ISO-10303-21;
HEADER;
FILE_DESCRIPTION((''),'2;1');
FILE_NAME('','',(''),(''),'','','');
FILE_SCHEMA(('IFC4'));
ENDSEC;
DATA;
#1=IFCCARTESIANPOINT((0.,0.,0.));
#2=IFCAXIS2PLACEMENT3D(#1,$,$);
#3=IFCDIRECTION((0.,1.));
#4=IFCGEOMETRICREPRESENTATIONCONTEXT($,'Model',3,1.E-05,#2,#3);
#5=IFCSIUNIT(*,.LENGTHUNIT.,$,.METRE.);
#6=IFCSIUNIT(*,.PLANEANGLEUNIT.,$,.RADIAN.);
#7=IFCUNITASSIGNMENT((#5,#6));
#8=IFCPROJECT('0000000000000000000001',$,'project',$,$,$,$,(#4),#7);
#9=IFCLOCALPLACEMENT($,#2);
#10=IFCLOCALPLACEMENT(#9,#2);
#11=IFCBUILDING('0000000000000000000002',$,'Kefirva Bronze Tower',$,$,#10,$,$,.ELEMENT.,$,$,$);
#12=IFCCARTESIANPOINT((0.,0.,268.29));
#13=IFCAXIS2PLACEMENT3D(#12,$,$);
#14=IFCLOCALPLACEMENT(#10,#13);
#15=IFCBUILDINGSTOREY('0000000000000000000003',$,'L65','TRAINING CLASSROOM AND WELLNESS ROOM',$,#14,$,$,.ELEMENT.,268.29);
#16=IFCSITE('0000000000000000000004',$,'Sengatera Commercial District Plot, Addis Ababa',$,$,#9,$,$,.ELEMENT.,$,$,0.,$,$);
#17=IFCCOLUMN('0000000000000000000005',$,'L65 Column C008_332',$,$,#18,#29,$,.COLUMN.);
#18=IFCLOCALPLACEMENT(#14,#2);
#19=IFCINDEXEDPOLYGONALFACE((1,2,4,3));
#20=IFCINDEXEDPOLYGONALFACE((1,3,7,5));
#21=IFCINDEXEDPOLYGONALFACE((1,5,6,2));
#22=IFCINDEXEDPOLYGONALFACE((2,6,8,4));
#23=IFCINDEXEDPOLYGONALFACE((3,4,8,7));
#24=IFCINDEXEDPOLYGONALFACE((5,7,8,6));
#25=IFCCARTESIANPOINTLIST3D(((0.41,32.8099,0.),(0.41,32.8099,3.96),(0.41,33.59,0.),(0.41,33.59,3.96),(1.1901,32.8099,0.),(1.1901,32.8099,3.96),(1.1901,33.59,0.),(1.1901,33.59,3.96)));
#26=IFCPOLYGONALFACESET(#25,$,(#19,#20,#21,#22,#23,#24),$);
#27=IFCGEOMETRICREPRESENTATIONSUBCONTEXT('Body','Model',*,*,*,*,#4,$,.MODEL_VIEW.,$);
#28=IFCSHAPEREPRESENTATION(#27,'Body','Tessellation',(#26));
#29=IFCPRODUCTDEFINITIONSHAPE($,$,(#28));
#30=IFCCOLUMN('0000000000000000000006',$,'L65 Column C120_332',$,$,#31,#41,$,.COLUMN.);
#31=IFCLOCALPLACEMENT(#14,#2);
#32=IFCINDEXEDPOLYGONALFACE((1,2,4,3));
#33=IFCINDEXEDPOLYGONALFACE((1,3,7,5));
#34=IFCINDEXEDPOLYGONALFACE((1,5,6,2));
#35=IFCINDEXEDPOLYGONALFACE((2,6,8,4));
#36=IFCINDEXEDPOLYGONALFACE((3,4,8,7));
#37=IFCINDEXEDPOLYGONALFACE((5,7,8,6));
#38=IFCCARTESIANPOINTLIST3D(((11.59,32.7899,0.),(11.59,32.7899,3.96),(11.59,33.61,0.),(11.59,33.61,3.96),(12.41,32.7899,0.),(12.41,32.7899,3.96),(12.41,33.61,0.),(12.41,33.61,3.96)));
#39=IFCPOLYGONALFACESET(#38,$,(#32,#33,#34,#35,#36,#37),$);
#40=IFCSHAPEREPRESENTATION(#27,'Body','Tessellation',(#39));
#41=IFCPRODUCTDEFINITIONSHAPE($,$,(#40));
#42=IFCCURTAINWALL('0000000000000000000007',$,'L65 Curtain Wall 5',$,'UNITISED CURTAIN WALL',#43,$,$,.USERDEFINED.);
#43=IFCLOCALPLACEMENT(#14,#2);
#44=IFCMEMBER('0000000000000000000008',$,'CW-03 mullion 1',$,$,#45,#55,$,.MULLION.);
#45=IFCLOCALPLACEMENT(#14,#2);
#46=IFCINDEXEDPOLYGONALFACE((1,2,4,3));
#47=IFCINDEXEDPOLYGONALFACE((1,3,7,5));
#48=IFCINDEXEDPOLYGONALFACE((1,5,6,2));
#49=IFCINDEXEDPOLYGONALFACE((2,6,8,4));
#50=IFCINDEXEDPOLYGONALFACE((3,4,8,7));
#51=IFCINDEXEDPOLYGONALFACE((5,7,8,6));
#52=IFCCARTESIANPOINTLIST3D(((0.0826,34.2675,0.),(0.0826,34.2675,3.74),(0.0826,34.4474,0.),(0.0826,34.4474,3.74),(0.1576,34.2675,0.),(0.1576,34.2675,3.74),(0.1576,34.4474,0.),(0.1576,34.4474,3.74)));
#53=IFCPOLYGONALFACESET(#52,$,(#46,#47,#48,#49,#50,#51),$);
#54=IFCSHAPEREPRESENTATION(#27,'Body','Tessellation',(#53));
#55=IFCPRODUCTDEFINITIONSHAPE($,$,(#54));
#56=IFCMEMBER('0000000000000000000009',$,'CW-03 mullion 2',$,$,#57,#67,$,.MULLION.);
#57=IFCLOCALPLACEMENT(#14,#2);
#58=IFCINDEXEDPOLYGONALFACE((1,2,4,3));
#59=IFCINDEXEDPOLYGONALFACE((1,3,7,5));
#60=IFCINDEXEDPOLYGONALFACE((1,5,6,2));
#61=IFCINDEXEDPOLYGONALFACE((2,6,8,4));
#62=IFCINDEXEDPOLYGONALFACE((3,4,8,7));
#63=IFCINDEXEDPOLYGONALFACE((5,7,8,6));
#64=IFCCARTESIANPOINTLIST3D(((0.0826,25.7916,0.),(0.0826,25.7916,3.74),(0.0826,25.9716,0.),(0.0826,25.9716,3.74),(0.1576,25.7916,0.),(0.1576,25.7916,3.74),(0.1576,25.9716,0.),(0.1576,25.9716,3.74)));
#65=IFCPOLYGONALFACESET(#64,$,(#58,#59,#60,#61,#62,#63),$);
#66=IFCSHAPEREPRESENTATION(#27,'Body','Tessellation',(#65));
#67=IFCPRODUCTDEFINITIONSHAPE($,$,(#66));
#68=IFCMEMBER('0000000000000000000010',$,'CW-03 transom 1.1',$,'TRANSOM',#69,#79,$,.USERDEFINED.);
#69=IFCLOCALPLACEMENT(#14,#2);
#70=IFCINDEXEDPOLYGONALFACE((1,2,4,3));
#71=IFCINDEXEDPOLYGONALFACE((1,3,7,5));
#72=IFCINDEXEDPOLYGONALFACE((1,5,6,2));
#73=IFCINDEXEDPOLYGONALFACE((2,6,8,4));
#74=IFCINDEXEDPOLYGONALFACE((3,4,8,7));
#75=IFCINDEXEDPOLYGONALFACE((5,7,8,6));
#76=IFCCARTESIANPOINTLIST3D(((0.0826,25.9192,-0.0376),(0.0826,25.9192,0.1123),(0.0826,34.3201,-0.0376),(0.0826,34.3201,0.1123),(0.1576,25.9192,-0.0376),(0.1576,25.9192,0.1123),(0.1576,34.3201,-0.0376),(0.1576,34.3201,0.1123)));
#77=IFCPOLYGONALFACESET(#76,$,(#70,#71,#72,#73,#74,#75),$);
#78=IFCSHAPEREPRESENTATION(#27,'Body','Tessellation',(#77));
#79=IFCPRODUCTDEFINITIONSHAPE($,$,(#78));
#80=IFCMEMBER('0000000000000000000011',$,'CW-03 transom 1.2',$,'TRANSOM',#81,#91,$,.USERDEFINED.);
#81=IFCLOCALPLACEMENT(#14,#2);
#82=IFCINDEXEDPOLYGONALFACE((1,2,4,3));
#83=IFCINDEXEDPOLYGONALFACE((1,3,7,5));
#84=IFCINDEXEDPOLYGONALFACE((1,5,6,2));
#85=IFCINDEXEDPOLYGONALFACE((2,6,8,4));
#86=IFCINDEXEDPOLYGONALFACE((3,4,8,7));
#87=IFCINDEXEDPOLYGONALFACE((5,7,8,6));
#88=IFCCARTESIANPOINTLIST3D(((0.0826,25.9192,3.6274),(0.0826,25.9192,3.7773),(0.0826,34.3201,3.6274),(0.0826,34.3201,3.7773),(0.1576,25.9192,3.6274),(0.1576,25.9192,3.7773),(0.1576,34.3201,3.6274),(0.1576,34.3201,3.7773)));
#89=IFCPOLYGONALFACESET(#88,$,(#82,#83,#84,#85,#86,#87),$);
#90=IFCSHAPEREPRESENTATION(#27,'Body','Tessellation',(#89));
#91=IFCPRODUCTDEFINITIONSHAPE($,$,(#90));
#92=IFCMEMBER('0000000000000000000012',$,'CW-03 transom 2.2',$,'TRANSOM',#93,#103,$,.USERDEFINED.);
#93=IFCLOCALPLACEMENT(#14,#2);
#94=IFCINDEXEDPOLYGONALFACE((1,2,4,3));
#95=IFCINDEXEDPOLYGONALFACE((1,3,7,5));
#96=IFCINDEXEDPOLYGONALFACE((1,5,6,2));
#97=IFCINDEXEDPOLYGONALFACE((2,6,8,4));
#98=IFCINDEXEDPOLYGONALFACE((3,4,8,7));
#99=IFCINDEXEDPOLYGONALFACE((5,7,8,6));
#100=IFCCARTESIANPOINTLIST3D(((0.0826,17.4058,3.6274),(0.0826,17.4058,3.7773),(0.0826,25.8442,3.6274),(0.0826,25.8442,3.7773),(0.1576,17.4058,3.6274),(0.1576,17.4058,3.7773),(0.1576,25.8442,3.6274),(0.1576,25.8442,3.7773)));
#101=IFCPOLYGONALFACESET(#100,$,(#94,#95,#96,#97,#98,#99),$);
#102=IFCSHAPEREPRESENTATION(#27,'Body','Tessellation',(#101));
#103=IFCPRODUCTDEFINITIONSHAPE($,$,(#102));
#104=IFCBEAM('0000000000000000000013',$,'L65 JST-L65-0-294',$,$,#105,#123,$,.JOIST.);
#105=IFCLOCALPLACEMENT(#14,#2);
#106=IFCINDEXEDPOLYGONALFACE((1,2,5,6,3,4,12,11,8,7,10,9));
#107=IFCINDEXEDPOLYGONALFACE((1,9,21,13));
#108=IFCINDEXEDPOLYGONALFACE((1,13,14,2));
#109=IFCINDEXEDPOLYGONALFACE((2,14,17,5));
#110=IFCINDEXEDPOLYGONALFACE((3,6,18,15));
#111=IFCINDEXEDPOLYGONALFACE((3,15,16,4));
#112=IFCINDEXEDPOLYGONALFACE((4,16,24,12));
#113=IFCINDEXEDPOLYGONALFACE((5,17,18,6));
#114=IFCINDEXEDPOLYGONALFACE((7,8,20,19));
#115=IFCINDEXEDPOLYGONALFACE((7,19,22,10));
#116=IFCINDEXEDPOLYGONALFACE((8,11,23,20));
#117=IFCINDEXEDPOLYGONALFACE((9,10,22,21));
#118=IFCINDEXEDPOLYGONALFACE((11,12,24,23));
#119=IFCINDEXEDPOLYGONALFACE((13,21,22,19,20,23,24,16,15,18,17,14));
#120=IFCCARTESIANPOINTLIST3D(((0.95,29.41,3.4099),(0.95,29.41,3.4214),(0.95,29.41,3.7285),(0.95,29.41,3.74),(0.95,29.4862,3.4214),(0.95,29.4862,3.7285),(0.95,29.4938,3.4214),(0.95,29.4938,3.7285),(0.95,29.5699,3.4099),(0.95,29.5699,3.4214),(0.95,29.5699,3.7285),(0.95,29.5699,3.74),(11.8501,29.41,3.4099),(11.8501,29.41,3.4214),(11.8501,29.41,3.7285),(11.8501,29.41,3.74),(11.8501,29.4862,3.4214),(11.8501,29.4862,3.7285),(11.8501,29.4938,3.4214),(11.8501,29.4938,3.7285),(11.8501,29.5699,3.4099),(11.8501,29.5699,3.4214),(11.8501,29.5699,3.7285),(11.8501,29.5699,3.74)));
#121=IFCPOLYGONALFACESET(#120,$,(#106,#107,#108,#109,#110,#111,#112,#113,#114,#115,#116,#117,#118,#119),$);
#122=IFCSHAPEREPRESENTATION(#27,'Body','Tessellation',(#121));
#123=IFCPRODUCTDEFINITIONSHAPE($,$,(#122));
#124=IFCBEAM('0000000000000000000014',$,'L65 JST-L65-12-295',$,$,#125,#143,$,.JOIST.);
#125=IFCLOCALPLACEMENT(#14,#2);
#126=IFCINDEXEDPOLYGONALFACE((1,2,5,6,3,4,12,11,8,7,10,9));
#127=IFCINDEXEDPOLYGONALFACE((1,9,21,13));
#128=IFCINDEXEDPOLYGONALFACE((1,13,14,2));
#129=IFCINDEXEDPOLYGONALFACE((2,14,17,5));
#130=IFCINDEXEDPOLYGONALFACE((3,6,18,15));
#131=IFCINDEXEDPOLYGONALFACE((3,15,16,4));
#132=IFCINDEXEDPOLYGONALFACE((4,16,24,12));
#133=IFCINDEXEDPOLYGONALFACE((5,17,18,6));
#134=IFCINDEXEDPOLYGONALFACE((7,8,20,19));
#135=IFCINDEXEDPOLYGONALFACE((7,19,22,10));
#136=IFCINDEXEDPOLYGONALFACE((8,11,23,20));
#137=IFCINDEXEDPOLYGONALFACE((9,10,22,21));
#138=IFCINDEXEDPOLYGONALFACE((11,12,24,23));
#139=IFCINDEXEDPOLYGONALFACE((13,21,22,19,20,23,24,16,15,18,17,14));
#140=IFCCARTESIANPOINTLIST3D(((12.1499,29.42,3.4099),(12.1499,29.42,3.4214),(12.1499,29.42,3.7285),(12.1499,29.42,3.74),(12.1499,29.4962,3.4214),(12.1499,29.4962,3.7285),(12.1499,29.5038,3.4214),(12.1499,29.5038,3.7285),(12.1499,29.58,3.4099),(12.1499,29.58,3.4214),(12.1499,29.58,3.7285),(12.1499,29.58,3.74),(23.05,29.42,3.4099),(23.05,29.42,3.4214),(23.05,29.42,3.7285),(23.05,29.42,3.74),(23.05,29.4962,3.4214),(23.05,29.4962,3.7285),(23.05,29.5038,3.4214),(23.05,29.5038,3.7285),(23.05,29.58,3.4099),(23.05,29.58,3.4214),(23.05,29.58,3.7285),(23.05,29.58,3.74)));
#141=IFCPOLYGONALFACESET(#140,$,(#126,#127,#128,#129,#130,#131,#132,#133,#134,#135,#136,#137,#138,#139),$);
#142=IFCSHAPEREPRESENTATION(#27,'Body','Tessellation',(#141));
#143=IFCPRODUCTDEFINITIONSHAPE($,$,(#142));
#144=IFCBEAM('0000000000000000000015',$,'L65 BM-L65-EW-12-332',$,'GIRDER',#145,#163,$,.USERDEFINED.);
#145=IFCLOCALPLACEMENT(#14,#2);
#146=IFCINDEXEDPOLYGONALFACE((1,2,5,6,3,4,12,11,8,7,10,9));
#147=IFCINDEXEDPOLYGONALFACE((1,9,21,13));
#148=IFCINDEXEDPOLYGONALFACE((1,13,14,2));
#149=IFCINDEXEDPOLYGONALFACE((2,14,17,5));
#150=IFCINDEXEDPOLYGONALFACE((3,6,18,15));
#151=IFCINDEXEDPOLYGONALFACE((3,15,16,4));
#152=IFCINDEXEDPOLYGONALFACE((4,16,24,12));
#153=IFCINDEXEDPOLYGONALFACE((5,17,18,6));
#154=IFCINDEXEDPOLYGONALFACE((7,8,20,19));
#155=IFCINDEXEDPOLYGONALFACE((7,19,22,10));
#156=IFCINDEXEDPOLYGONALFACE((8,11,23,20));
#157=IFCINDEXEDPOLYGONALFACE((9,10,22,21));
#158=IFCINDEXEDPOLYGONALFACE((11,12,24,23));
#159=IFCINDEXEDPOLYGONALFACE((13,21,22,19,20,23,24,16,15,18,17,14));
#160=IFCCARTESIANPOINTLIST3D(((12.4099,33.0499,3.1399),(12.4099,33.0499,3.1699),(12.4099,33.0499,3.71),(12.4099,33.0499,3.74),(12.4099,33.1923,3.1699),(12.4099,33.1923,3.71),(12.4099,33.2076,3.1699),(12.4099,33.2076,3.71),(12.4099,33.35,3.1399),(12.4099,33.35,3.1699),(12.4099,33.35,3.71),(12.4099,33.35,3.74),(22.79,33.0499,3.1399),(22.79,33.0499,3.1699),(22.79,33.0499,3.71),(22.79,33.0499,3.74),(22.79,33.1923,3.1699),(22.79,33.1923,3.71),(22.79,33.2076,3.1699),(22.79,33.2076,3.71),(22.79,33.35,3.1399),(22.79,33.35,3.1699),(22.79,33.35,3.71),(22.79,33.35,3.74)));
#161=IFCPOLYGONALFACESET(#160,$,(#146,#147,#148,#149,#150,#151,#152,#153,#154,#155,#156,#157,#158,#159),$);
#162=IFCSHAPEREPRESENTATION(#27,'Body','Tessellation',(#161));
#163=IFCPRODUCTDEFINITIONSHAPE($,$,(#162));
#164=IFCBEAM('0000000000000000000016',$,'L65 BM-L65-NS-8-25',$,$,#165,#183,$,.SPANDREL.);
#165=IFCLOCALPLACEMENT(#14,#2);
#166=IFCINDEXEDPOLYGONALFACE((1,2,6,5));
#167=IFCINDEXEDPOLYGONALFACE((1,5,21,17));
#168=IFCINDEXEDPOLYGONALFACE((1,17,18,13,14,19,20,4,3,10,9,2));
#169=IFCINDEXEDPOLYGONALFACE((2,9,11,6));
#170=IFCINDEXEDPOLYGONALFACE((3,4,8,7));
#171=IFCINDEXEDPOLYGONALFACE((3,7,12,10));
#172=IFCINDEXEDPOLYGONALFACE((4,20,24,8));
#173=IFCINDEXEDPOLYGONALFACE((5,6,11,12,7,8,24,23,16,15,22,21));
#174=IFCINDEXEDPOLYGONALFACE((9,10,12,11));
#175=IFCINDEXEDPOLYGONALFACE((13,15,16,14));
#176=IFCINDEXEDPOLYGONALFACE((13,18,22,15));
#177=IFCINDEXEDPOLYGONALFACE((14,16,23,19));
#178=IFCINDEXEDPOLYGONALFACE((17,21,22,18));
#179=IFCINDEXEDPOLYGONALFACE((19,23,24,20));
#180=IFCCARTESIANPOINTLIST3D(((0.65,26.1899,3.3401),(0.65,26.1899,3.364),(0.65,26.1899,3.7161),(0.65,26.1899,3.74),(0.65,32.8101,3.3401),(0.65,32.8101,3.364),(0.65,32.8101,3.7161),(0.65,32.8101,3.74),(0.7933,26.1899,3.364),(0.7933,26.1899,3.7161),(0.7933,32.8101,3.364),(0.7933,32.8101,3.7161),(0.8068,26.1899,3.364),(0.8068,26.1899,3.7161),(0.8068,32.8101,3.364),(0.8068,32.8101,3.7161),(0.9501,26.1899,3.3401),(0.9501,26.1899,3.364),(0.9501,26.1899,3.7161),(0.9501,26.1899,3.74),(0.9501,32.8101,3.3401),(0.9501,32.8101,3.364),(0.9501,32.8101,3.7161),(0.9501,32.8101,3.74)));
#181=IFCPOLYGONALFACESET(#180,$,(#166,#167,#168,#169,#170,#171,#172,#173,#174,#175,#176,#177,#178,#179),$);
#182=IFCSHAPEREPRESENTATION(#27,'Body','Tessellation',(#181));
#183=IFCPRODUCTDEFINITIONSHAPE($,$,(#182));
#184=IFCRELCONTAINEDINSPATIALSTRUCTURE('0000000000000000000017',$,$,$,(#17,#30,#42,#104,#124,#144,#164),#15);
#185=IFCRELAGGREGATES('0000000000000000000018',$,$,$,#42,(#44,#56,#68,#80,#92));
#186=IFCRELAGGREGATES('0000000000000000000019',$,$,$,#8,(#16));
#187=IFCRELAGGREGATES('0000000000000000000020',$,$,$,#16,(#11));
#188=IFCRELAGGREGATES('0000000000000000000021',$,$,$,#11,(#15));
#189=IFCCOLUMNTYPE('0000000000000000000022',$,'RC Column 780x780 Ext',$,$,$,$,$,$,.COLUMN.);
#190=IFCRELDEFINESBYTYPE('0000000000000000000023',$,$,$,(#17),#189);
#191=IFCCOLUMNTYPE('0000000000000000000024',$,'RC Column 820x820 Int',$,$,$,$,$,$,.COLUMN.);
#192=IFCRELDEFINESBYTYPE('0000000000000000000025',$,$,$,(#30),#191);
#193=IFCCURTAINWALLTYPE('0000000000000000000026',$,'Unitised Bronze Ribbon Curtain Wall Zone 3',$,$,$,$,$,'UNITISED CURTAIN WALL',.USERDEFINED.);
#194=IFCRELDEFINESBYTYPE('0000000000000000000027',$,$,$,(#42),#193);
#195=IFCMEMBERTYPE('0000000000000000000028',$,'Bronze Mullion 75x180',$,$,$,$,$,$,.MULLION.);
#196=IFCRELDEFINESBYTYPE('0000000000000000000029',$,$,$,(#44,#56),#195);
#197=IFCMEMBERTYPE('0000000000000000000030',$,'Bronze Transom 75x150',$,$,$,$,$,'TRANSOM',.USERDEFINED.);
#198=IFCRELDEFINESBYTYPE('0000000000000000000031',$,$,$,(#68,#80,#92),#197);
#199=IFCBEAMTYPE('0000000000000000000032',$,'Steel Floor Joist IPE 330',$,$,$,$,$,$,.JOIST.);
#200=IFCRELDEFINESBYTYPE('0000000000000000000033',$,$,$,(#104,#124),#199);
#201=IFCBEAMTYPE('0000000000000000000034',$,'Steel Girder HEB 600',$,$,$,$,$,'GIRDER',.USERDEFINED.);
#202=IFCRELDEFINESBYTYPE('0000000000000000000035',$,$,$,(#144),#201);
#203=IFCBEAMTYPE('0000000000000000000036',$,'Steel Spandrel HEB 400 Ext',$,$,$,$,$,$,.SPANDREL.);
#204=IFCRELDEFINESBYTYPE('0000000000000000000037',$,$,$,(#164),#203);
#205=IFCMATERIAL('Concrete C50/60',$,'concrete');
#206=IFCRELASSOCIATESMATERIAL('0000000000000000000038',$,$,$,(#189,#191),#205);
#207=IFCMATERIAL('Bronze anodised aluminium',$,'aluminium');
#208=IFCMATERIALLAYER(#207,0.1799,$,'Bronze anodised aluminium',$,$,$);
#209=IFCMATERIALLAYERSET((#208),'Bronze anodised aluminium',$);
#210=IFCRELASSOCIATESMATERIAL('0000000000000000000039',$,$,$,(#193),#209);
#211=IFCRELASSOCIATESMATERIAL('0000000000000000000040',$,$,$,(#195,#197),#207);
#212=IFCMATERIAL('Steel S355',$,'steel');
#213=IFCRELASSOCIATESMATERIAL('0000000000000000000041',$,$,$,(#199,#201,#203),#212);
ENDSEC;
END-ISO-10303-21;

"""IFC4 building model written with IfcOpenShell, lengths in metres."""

from ifc_helpers import new_model, si_unit, direction, frame, origin, origin_2d, place, context, subcontext, project, spatial, rectangle, i_section, extrude, material, layer, layer_set, material_profile, profile_set, type_object, element, aggregate, save


model = new_model("IFC4")

# Units and contexts
model_context = context("Model", 3, precision=1e-05, world=origin(), true_north=direction((0.0, 1.0)))
body_context = subcontext(model_context, "Body", "Model", "MODEL_VIEW")
ifc_project = project(units=[si_unit("LENGTHUNIT", "METRE"), si_unit("PLANEANGLEUNIT", "RADIAN")], contexts=[model_context])

# Site, building, storey
site_placement = place(None, origin())
site = spatial("IfcSite", under=ifc_project, at=site_placement, Name="Sengatera Commercial District Plot, Addis Ababa", CompositionType="ELEMENT", RefElevation=0.0)
building_placement = place(site_placement, origin())
building = spatial("IfcBuilding", under=site, at=building_placement, Name="Kefirva Bronze Tower", CompositionType="ELEMENT")
storey_placement = place(building_placement, frame((0.0, 0.0, 268.29)))
storey = spatial("IfcBuildingStorey", under=building, at=storey_placement, Name="L65", Description="TRAINING CLASSROOM AND WELLNESS ROOM", CompositionType="ELEMENT", Elevation=268.29)

# Columns
ifc_material_1 = material(Name="Concrete C50/60", Category="concrete")
ifc_material_profile_1 = material_profile(ifc_material_1, rectangle(XDim=0.78, YDim=0.78, at=origin_2d()), Name="RC 780x780")
ifc_profile_set_1 = profile_set([ifc_material_profile_1], Name="Concrete C50/60")
column_type_1 = type_object("IfcColumnType", Name="RC Column 780x780 Ext", PredefinedType="COLUMN", material=ifc_profile_set_1)
column_1_placement = place(storey_placement, frame((0.8, 33.2, 0.0), z_axis=(0.0, 0.0, 1.0), x_axis=(1.0, 0.0, 0.0)))
element("IfcColumn", 1, at=column_1_placement, inside=storey, type_object=column_type_1, Name="L65 Column C008_332", PredefinedType="COLUMN", context=body_context, shape_type="SweptSolid", body=[
    extrude(rectangle(XDim=0.78, YDim=0.78, at=origin_2d()), origin(), (0.0, 0.0, 1.0), 3.96),
])
ifc_material_profile_2 = material_profile(ifc_material_1, rectangle(XDim=0.8201, YDim=0.8201, at=origin_2d()), Name="RC 820x820")
ifc_profile_set_2 = profile_set([ifc_material_profile_2], Name="Concrete C50/60")
column_type_2 = type_object("IfcColumnType", Name="RC Column 820x820 Int", PredefinedType="COLUMN", material=ifc_profile_set_2)
column_2_placement = place(storey_placement, frame((12.0, 33.2, 0.0), z_axis=(0.0, 0.0, 1.0), x_axis=(1.0, 0.0, 0.0)))
element("IfcColumn", 2, at=column_2_placement, inside=storey, type_object=column_type_2, Name="L65 Column C120_332", PredefinedType="COLUMN", context=body_context, shape_type="SweptSolid", body=[
    extrude(rectangle(XDim=0.8201, YDim=0.8201, at=origin_2d()), origin(), (0.0, 0.0, 1.0), 3.96),
])

# Curtain wall, members
ifc_material_2 = material(Name="Bronze anodised aluminium", Category="aluminium")
ifc_layer_1 = layer(ifc_material_2, 0.1799, Name="Bronze anodised aluminium")
ifc_layer_set_1 = layer_set([ifc_layer_1], Name="Bronze anodised aluminium")
curtain_wall_type = type_object("IfcCurtainWallType", Name="Unitised Bronze Ribbon Curtain Wall Zone 3", ElementType="UNITISED CURTAIN WALL", PredefinedType="USERDEFINED", material=ifc_layer_set_1)
curtain_wall_placement = place(storey_placement, origin())
curtain_wall = element("IfcCurtainWall", 3, at=curtain_wall_placement, inside=storey, type_object=curtain_wall_type, Name="L65 Curtain Wall 5", ObjectType="UNITISED CURTAIN WALL", PredefinedType="USERDEFINED")
ifc_material_profile_3 = material_profile(ifc_material_2, rectangle(XDim=0.075, YDim=0.1799, at=origin_2d()), Name="ALU 75x180")
ifc_profile_set_3 = profile_set([ifc_material_profile_3], Name="Bronze anodised aluminium")
member_type_1 = type_object("IfcMemberType", Name="Bronze Mullion 75x180", PredefinedType="MULLION", material=ifc_profile_set_3)
member_1_placement = place(storey_placement, frame((0.1201, 34.3574, 0.0), z_axis=(0.0, 0.0, 1.0), x_axis=(1.0, 0.0, 0.0)))
member_1 = element("IfcMember", 4, at=member_1_placement, type_object=member_type_1, Name="CW-03 mullion 1", PredefinedType="MULLION", context=body_context, shape_type="SweptSolid", body=[
    extrude(rectangle(XDim=0.075, YDim=0.1799, at=origin_2d()), origin(), (0.0, 0.0, 1.0), 3.74),
])
member_2_placement = place(storey_placement, frame((0.1201, 25.8816, 0.0), z_axis=(0.0, 0.0, 1.0), x_axis=(1.0, 0.0, 0.0)))
member_2 = element("IfcMember", 5, at=member_2_placement, type_object=member_type_1, Name="CW-03 mullion 2", PredefinedType="MULLION", context=body_context, shape_type="SweptSolid", body=[
    extrude(rectangle(XDim=0.075, YDim=0.1799, at=origin_2d()), origin(), (0.0, 0.0, 1.0), 3.74),
])
ifc_material_profile_4 = material_profile(ifc_material_2, rectangle(XDim=0.075, YDim=0.1499, at=origin_2d()), Name="ALU 75x150")
ifc_profile_set_4 = profile_set([ifc_material_profile_4], Name="Bronze anodised aluminium")
member_type_2 = type_object("IfcMemberType", Name="Bronze Transom 75x150", ElementType="TRANSOM", PredefinedType="USERDEFINED", material=ifc_profile_set_4)
member_3_placement = place(storey_placement, frame((0.1201, 34.3201, 0.0374), z_axis=(0.0, -1.0, 0.0), x_axis=(1.0, 0.0, 0.0)))
member_3 = element("IfcMember", 6, at=member_3_placement, type_object=member_type_2, Name="CW-03 transom 1.1", ObjectType="TRANSOM", PredefinedType="USERDEFINED", context=body_context, shape_type="SweptSolid", body=[
    extrude(rectangle(XDim=0.075, YDim=0.1499, at=origin_2d()), origin(), (0.0, 0.0, 1.0), 8.4009),
])
member_4_placement = place(storey_placement, frame((0.1201, 34.3201, 3.7024), z_axis=(0.0, -1.0, 0.0), x_axis=(1.0, 0.0, 0.0)))
member_4 = element("IfcMember", 7, at=member_4_placement, type_object=member_type_2, Name="CW-03 transom 1.2", ObjectType="TRANSOM", PredefinedType="USERDEFINED", context=body_context, shape_type="SweptSolid", body=[
    extrude(rectangle(XDim=0.075, YDim=0.1499, at=origin_2d()), origin(), (0.0, 0.0, 1.0), 8.4009),
])
member_5_placement = place(storey_placement, frame((0.1201, 25.8442, 3.7024), z_axis=(0.0, -1.0, 0.0), x_axis=(1.0, 0.0, 0.0)))
member_5 = element("IfcMember", 8, at=member_5_placement, type_object=member_type_2, Name="CW-03 transom 2.2", ObjectType="TRANSOM", PredefinedType="USERDEFINED", context=body_context, shape_type="SweptSolid", body=[
    extrude(rectangle(XDim=0.075, YDim=0.1499, at=origin_2d()), origin(), (0.0, 0.0, 1.0), 8.4385),
])

# Beams
ifc_material_3 = material(Name="Steel S355", Category="steel")
ifc_material_profile_5 = material_profile(ifc_material_3, i_section(OverallWidth=0.1599, OverallDepth=0.3301, WebThickness=0.0076, FlangeThickness=0.0115, at=origin_2d()), Name="IPE 330")
ifc_profile_set_5 = profile_set([ifc_material_profile_5], Name="Steel S355")
beam_type_1 = type_object("IfcBeamType", Name="Steel Floor Joist IPE 330", PredefinedType="JOIST", material=ifc_profile_set_5)
for number, where, z_axis, x_axis, name in (
    (9, (0.95, 29.49, 3.575), (1.0, 0.0, 0.0), (0.0, 1.0, 0.0), "L65 JST-L65-0-294"),
    (10, (12.1499, 29.5, 3.575), (1.0, 0.0, 0.0), (0.0, 1.0, 0.0), "L65 JST-L65-12-295"),
):
    element("IfcBeam", number, at=place(storey_placement, frame(where, z_axis=z_axis, x_axis=x_axis)), inside=storey, type_object=beam_type_1, Name=name, PredefinedType="JOIST", context=body_context, shape_type="SweptSolid", body=[
        extrude(i_section(OverallWidth=0.1599, OverallDepth=0.3301, WebThickness=0.0076, FlangeThickness=0.0115, at=origin_2d()), origin(), (0.0, 0.0, 1.0), 10.9001),
    ])
ifc_material_profile_6 = material_profile(ifc_material_3, i_section(OverallWidth=0.3, OverallDepth=0.6001, WebThickness=0.0154, FlangeThickness=0.03, at=origin_2d()), Name="HEB 600")
ifc_profile_set_6 = profile_set([ifc_material_profile_6], Name="Steel S355")
beam_type_2 = type_object("IfcBeamType", Name="Steel Girder HEB 600", ElementType="GIRDER", PredefinedType="USERDEFINED", material=ifc_profile_set_6)
beam_1_placement = place(storey_placement, frame((12.4099, 33.2, 3.4399), z_axis=(1.0, 0.0, 0.0), x_axis=(0.0, 1.0, 0.0)))
element("IfcBeam", 11, at=beam_1_placement, inside=storey, type_object=beam_type_2, Name="L65 BM-L65-EW-12-332", ObjectType="GIRDER", PredefinedType="USERDEFINED", context=body_context, shape_type="SweptSolid", body=[
    extrude(i_section(OverallWidth=0.3, OverallDepth=0.6001, WebThickness=0.0154, FlangeThickness=0.03, at=origin_2d()), origin(), (0.0, 0.0, 1.0), 10.3801),
])
ifc_material_profile_7 = material_profile(ifc_material_3, i_section(OverallWidth=0.3, OverallDepth=0.3999, WebThickness=0.0134, FlangeThickness=0.0239, at=origin_2d()), Name="HEB 400")
ifc_profile_set_7 = profile_set([ifc_material_profile_7], Name="Steel S355")
beam_type_3 = type_object("IfcBeamType", Name="Steel Spandrel HEB 400 Ext", PredefinedType="SPANDREL", material=ifc_profile_set_7)
beam_2_placement = place(storey_placement, frame((0.8, 26.1899, 3.54), z_axis=(0.0, 1.0, 0.0), x_axis=(-1.0, 0.0, 0.0)))
element("IfcBeam", 12, at=beam_2_placement, inside=storey, type_object=beam_type_3, Name="L65 BM-L65-NS-8-25", PredefinedType="SPANDREL", context=body_context, shape_type="SweptSolid", body=[
    extrude(i_section(OverallWidth=0.3, OverallDepth=0.3999, WebThickness=0.0134, FlangeThickness=0.0239, at=origin_2d()), origin(), (0.0, 0.0, 1.0), 6.6201),
])

aggregate(curtain_wall, [member_1, member_2, member_3, member_4, member_5])

save(model, "model.ifc")
